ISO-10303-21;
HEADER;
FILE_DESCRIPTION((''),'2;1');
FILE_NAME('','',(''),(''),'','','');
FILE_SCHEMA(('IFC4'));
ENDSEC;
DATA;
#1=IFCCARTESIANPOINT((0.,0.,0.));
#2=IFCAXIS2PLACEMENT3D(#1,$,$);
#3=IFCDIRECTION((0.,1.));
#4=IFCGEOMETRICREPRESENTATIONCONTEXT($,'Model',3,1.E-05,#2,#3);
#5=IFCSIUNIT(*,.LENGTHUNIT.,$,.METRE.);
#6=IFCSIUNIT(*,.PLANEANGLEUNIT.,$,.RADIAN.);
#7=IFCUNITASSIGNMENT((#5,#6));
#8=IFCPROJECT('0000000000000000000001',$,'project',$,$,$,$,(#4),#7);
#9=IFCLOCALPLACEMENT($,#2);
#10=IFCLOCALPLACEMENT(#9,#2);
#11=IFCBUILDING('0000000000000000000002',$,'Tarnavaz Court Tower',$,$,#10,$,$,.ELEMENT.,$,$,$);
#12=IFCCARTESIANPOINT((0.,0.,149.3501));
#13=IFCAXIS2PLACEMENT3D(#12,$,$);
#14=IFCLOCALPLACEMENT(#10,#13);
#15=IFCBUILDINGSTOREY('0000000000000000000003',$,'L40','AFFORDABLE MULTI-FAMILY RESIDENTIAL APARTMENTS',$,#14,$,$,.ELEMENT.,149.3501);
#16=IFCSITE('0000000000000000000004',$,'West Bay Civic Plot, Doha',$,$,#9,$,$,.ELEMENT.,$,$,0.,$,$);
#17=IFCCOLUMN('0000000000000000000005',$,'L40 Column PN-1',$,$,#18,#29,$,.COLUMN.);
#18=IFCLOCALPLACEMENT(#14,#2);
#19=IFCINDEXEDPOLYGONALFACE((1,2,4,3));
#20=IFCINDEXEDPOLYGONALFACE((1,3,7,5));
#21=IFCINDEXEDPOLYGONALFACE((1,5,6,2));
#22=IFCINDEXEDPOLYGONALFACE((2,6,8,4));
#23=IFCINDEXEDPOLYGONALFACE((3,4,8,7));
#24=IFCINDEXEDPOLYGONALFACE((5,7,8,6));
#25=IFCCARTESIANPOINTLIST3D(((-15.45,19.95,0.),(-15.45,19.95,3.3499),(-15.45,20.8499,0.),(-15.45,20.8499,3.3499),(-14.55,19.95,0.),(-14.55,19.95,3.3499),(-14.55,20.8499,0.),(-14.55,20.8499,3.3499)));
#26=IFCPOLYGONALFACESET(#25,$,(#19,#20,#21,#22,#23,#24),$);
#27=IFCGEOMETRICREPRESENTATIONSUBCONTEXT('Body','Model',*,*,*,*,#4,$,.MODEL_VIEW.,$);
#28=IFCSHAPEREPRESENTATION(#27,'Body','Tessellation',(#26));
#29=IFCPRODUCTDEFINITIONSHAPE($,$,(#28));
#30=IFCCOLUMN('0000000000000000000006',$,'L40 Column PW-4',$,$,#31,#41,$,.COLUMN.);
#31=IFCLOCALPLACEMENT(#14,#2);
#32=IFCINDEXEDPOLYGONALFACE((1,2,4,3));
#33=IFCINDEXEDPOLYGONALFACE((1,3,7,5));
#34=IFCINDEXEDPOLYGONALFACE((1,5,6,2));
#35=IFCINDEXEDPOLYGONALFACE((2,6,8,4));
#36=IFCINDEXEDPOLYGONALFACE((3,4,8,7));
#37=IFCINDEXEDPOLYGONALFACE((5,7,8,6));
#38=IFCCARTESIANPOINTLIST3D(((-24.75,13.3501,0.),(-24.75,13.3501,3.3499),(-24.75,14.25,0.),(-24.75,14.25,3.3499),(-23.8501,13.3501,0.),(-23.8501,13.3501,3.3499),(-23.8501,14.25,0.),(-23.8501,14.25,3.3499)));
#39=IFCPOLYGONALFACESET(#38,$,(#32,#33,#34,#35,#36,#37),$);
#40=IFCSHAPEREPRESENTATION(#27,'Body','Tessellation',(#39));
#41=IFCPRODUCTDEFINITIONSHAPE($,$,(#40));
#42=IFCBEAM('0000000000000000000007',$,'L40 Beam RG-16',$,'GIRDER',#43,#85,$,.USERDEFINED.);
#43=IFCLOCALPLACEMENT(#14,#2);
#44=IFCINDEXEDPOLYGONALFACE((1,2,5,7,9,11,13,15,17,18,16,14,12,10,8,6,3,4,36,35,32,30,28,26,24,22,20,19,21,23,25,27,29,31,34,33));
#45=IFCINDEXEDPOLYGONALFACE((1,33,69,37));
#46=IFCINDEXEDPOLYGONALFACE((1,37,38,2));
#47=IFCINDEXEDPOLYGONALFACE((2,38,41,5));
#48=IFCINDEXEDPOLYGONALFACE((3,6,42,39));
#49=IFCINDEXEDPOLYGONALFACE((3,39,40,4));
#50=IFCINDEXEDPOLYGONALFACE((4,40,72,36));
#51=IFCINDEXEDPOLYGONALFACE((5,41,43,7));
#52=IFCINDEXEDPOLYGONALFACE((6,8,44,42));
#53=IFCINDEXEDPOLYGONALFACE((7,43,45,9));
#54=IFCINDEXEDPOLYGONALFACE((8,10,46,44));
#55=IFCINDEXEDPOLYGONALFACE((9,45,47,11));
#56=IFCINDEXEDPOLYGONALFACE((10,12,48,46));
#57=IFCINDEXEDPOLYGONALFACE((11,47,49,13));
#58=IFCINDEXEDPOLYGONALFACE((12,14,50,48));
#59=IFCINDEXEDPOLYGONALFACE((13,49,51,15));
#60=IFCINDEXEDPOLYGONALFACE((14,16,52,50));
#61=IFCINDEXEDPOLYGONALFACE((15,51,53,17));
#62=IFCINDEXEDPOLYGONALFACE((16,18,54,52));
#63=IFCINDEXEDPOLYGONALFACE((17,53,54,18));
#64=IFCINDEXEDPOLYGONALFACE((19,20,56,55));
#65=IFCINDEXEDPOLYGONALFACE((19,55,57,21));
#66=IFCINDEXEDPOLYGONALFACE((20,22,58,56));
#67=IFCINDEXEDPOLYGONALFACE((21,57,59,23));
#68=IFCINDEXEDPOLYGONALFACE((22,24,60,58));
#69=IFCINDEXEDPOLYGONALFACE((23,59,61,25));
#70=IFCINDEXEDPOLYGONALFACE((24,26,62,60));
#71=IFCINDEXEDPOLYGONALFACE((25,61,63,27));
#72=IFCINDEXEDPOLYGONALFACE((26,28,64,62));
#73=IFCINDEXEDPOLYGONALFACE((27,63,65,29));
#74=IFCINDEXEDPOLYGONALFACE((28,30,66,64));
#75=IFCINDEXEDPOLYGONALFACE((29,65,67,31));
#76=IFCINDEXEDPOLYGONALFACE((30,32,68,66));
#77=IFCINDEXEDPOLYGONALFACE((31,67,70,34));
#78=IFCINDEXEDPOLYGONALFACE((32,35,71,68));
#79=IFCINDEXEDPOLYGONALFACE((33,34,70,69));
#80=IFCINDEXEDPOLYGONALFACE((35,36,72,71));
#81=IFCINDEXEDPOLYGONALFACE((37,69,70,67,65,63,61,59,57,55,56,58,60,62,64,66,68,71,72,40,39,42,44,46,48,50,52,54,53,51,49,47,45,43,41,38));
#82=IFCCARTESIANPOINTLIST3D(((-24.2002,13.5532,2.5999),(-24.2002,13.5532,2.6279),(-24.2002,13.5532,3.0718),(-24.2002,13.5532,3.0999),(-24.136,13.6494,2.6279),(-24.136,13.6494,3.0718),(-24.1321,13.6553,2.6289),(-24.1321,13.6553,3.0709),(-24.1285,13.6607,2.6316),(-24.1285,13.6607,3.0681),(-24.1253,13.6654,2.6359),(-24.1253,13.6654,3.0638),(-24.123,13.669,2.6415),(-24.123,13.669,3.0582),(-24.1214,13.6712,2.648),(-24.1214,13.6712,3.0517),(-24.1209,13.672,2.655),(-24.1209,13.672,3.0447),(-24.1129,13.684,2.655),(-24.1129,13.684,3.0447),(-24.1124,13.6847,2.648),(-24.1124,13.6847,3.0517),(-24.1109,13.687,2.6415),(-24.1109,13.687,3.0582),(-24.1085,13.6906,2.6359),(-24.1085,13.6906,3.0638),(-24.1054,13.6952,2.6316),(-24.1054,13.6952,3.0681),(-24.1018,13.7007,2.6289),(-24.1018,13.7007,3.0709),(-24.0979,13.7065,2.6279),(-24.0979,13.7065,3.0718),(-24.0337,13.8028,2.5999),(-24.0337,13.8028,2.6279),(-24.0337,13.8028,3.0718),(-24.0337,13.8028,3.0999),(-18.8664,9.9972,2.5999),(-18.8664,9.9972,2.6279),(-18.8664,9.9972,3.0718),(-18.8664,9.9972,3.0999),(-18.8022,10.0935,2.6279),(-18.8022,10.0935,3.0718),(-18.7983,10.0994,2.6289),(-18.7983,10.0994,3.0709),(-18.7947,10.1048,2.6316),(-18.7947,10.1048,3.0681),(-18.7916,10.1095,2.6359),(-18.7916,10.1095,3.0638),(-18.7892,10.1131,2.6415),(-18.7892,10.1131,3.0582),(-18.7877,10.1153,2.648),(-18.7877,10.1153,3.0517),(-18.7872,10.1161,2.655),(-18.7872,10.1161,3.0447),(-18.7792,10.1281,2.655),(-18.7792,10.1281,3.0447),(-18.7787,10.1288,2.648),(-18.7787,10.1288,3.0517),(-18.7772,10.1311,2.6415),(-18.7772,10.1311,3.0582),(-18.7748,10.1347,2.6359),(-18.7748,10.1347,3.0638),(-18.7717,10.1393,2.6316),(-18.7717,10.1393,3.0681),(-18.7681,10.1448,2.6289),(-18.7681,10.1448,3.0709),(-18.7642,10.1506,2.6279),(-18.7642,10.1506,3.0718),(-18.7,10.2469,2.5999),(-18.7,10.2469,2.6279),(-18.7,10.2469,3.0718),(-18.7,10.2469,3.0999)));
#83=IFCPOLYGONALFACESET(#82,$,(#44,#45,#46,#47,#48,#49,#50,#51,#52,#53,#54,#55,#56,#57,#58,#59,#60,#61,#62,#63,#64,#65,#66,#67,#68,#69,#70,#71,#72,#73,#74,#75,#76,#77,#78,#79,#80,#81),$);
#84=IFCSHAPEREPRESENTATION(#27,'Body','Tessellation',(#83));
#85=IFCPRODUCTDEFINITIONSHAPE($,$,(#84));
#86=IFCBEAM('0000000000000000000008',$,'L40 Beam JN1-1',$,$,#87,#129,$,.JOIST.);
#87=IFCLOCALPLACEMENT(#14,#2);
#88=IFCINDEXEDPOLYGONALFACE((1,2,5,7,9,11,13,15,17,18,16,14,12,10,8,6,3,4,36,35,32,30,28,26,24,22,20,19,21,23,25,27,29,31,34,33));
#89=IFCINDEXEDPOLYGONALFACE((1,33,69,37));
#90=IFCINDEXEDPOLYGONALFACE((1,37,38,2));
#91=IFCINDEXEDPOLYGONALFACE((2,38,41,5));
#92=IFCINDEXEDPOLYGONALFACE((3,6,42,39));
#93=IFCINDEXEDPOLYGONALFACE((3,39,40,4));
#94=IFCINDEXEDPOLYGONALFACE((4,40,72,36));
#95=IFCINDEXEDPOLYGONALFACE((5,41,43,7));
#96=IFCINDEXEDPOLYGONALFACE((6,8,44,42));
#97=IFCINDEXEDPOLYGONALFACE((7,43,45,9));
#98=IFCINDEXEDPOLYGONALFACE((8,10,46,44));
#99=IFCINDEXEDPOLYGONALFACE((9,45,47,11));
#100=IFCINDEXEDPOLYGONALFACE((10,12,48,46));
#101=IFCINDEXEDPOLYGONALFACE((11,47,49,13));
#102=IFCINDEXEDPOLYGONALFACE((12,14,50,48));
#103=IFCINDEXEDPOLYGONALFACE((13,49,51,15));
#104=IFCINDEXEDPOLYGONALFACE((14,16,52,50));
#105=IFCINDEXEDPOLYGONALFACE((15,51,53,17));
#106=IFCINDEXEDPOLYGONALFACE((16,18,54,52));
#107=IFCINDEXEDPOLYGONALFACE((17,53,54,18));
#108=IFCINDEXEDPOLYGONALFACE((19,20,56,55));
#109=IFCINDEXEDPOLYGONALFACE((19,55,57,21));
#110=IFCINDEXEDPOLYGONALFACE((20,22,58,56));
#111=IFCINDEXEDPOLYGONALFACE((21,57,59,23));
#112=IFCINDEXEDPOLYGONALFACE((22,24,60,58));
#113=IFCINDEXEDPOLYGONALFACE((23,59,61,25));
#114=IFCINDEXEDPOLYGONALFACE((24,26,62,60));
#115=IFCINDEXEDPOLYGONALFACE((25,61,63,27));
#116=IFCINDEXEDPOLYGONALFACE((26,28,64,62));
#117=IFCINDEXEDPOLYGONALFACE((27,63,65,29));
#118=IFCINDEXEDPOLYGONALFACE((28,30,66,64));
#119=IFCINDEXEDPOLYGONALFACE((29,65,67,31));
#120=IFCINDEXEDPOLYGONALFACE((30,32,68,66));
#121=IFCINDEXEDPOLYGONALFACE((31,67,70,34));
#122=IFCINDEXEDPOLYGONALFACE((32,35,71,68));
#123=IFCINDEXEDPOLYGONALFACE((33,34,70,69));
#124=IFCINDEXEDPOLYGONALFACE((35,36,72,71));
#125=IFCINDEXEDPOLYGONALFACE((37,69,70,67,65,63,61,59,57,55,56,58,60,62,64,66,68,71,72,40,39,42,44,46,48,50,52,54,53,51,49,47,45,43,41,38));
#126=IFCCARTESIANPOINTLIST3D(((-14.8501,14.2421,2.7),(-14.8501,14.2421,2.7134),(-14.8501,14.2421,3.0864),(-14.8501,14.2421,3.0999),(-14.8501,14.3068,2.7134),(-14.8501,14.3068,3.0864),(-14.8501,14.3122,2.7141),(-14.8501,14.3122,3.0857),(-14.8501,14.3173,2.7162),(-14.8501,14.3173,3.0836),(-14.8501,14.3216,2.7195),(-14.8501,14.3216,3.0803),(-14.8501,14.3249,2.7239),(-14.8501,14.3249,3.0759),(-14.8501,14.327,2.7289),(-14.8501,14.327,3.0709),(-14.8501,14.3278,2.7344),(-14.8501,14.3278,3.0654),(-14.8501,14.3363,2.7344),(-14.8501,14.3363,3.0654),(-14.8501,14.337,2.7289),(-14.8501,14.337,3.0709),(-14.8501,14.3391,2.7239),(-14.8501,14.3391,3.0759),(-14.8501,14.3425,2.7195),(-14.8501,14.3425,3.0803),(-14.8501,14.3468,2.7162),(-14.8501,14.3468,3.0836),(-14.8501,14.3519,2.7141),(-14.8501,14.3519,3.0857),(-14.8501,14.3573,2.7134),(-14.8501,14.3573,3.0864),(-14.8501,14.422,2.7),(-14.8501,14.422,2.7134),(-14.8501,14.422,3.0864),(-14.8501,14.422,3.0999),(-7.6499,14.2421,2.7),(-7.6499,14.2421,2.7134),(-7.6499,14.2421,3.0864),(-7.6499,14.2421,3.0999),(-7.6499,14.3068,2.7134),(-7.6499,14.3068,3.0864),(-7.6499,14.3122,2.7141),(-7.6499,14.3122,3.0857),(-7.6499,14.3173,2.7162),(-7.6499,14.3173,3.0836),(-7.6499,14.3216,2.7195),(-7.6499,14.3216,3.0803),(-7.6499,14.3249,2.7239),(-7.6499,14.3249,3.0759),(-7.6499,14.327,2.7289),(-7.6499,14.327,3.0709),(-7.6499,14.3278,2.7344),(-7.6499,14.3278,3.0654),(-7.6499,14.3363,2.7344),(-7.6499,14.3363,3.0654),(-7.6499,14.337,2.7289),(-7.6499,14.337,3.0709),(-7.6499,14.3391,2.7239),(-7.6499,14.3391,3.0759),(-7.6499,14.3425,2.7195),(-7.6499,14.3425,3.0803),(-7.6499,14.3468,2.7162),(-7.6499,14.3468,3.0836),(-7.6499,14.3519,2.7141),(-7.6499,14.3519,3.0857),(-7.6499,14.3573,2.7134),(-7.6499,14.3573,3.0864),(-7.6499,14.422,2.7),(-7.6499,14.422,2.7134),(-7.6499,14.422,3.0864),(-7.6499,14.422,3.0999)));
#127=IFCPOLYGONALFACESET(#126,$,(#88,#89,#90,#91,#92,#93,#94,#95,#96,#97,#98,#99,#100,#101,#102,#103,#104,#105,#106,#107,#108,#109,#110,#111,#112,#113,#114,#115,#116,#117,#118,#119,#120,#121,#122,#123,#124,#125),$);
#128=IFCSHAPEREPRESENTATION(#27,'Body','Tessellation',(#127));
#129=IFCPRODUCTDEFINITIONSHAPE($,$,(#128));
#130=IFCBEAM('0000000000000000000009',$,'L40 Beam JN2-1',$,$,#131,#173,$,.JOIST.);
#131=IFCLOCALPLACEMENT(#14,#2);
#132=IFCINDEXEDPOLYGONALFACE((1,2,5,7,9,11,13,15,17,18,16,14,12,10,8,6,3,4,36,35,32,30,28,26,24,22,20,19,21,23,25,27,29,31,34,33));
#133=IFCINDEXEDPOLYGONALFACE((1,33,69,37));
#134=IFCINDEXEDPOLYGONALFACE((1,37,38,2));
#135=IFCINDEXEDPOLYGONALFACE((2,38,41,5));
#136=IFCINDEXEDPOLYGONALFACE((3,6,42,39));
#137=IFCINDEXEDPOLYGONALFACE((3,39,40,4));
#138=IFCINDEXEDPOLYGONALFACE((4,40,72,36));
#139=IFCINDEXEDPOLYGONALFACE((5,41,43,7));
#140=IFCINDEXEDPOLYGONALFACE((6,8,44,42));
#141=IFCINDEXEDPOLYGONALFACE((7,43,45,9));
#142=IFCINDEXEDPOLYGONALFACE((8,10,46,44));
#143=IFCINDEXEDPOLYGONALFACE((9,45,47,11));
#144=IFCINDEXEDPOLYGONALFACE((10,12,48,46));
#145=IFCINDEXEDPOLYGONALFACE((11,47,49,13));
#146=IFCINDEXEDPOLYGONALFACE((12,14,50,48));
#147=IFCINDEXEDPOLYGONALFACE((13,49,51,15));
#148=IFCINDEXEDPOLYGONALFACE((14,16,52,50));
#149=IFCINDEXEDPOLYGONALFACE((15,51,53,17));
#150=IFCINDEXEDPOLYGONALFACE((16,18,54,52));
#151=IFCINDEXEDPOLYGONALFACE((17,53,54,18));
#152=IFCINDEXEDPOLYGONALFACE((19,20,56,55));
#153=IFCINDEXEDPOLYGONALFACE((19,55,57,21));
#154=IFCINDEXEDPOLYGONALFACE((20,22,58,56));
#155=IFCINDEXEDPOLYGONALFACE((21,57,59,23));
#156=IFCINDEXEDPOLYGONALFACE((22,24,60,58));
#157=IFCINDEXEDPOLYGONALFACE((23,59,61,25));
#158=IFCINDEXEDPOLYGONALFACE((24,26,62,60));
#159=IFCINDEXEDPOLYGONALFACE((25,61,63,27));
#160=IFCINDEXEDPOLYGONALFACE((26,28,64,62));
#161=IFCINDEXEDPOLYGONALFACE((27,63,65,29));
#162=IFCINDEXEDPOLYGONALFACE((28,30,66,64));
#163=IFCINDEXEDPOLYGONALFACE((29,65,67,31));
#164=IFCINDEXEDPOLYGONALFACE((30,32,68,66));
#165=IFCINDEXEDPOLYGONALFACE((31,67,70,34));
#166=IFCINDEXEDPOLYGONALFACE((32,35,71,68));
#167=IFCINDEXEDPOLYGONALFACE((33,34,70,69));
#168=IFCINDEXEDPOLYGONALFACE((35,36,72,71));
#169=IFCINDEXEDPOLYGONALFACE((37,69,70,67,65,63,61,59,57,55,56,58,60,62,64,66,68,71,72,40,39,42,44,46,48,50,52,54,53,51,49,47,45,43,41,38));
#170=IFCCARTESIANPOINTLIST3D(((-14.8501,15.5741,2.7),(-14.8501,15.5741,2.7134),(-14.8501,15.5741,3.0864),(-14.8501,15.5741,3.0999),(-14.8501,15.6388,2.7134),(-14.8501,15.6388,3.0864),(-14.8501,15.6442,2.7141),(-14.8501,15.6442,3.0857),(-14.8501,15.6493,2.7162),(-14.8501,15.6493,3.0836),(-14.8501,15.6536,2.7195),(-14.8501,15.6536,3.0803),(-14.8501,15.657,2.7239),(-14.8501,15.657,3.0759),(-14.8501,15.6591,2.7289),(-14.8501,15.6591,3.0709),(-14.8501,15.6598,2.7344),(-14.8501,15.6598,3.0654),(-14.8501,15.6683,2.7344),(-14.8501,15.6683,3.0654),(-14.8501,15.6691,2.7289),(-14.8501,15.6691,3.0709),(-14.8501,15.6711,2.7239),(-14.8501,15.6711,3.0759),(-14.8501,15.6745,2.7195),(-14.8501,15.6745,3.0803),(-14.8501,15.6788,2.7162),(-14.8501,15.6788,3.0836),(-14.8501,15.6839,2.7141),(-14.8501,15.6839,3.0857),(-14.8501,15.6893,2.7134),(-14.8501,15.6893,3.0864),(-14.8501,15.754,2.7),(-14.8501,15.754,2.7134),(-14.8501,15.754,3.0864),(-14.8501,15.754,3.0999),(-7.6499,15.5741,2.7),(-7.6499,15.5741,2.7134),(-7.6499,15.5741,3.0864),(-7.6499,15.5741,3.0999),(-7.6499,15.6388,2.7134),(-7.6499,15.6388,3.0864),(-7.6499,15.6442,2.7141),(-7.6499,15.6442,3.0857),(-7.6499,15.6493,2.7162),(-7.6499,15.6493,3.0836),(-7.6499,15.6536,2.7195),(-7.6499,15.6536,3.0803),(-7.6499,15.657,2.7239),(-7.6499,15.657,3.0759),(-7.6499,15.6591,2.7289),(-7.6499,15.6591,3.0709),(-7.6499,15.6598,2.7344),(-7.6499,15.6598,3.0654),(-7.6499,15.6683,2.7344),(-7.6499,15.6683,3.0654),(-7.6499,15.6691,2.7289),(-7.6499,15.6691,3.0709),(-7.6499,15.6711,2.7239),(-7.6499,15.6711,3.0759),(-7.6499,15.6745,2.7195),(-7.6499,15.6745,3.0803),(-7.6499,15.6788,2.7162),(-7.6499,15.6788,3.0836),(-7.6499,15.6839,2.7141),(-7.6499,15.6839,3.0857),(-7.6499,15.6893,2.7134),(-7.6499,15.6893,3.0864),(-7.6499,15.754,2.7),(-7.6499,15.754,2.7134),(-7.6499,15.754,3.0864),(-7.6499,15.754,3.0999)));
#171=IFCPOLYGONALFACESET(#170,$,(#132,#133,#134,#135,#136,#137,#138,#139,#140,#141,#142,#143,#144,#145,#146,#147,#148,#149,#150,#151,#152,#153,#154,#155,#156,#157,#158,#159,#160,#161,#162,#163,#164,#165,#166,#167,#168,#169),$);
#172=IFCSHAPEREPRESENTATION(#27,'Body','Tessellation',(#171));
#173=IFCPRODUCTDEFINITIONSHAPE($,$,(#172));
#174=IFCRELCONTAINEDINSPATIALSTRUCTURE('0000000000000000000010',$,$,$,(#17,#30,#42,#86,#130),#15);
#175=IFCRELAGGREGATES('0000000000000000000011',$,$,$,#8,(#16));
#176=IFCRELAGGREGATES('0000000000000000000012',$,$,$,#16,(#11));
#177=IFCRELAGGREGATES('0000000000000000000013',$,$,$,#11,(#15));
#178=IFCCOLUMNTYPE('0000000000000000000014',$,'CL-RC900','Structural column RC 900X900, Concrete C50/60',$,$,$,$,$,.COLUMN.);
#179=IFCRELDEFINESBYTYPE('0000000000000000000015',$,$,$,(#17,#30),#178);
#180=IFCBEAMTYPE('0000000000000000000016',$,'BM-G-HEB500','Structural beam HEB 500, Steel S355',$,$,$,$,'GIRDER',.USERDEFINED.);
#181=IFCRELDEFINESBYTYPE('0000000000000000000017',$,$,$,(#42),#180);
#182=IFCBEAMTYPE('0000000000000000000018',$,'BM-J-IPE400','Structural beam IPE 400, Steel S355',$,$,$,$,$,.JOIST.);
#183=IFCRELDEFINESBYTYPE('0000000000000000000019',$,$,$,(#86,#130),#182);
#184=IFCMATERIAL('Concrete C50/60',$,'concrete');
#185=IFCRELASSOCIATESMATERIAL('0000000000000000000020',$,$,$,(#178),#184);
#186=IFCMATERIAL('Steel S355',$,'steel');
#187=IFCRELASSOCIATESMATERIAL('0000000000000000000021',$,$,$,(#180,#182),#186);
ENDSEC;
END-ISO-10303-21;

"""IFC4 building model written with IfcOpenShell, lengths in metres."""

from ifc_helpers import new_model, si_unit, direction, frame, origin, origin_2d, place, context, subcontext, project, spatial, rectangle, i_section, extrude, material, material_profile, profile_set, type_object, element, save


model = new_model("IFC4")

# Units and contexts
model_context = context("Model", 3, precision=1e-05, world=origin(), true_north=direction((0.0, 1.0)))
body_context = subcontext(model_context, "Body", "Model", "MODEL_VIEW")
ifc_project = project(units=[si_unit("LENGTHUNIT", "METRE"), si_unit("PLANEANGLEUNIT", "RADIAN")], contexts=[model_context])

# Site, building, storey
site_placement = place(None, origin())
site = spatial("IfcSite", under=ifc_project, at=site_placement, Name="West Bay Civic Plot, Doha", CompositionType="ELEMENT", RefElevation=0.0)
building_placement = place(site_placement, origin())
building = spatial("IfcBuilding", under=site, at=building_placement, Name="Tarnavaz Court Tower", CompositionType="ELEMENT")
storey_placement = place(building_placement, frame((0.0, 0.0, 149.3501)))
storey = spatial("IfcBuildingStorey", under=building, at=storey_placement, Name="L40", Description="AFFORDABLE MULTI-FAMILY RESIDENTIAL APARTMENTS", CompositionType="ELEMENT", Elevation=149.3501)

# Columns
ifc_material_1 = material(Name="Concrete C50/60", Category="concrete")
ifc_material_profile_1 = material_profile(ifc_material_1, rectangle(XDim=0.8999, YDim=0.8999, at=origin_2d()), Name="RC 900X900")
ifc_profile_set_1 = profile_set([ifc_material_profile_1], Name="Concrete C50/60")
column_type = type_object("IfcColumnType", Name="CL-RC900", Description="Structural column RC 900X900, Concrete C50/60", PredefinedType="COLUMN", material=ifc_profile_set_1)
for number, where, z_axis, x_axis, name in (
    (1, (-15.0, 20.3999, 0.0), (0.0, 0.0, 1.0), (1.0, 0.0, 0.0), "L40 Column PN-1"),
    (2, (-24.3, 13.8, 0.0), (0.0, 0.0, 1.0), (1.0, 0.0, 0.0), "L40 Column PW-4"),
):
    element("IfcColumn", number, at=place(storey_placement, frame(where, z_axis=z_axis, x_axis=x_axis)), inside=storey, type_object=column_type, Name=name, PredefinedType="COLUMN", context=body_context, shape_type="SweptSolid", body=[
        extrude(rectangle(XDim=0.8999, YDim=0.8999, at=origin_2d()), origin(), (0.0, 0.0, 1.0), 3.3499),
    ])

# Beams
ifc_material_2 = material(Name="Steel S355", Category="steel")
ifc_material_profile_2 = material_profile(ifc_material_2, i_section(OverallWidth=0.3, OverallDepth=0.5, WebThickness=0.0144, FlangeThickness=0.0281, FilletRadius=0.0271, at=origin_2d()), Name="HEB 500")
ifc_profile_set_2 = profile_set([ifc_material_profile_2], Name="Steel S355")
beam_type_1 = type_object("IfcBeamType", Name="BM-G-HEB500", Description="Structural beam HEB 500, Steel S355", ElementType="GIRDER", PredefinedType="USERDEFINED", material=ifc_profile_set_2)
beam_1_placement = place(storey_placement, frame((-18.7832, 10.1221, 2.8499), z_axis=(-0.832044, 0.554709, 0.0), x_axis=(-0.554709, -0.832044, 0.0)))
element("IfcBeam", 3, at=beam_1_placement, inside=storey, type_object=beam_type_1, Name="L40 Beam RG-16", ObjectType="GIRDER", PredefinedType="USERDEFINED", context=body_context, shape_type="SweptSolid", body=[
    extrude(i_section(OverallWidth=0.3, OverallDepth=0.5, WebThickness=0.0144, FlangeThickness=0.0281, FilletRadius=0.0271, at=origin_2d()), origin(), (0.0, 0.0, 1.0), 6.4104),
])
ifc_material_profile_3 = material_profile(ifc_material_2, i_section(OverallWidth=0.1799, OverallDepth=0.3999, WebThickness=0.0085, FlangeThickness=0.0134, FilletRadius=0.021, at=origin_2d()), Name="IPE 400")
ifc_profile_set_3 = profile_set([ifc_material_profile_3], Name="Steel S355")
beam_type_2 = type_object("IfcBeamType", Name="BM-J-IPE400", Description="Structural beam IPE 400, Steel S355", PredefinedType="JOIST", material=ifc_profile_set_3)
for number, where, z_axis, x_axis, name in (
    (4, (-14.8501, 14.332, 2.8999), (1.0, 0.0, 0.0), (0.0, 1.0, 0.0), "L40 Beam JN1-1"),
    (5, (-14.8501, 15.6641, 2.8999), (1.0, 0.0, 0.0), (0.0, 1.0, 0.0), "L40 Beam JN2-1"),
):
    element("IfcBeam", number, at=place(storey_placement, frame(where, z_axis=z_axis, x_axis=x_axis)), inside=storey, type_object=beam_type_2, Name=name, PredefinedType="JOIST", context=body_context, shape_type="SweptSolid", body=[
        extrude(i_section(OverallWidth=0.1799, OverallDepth=0.3999, WebThickness=0.0085, FlangeThickness=0.0134, FilletRadius=0.021, at=origin_2d()), origin(), (0.0, 0.0, 1.0), 7.2002),
    ])

save(model, "model.ifc")
